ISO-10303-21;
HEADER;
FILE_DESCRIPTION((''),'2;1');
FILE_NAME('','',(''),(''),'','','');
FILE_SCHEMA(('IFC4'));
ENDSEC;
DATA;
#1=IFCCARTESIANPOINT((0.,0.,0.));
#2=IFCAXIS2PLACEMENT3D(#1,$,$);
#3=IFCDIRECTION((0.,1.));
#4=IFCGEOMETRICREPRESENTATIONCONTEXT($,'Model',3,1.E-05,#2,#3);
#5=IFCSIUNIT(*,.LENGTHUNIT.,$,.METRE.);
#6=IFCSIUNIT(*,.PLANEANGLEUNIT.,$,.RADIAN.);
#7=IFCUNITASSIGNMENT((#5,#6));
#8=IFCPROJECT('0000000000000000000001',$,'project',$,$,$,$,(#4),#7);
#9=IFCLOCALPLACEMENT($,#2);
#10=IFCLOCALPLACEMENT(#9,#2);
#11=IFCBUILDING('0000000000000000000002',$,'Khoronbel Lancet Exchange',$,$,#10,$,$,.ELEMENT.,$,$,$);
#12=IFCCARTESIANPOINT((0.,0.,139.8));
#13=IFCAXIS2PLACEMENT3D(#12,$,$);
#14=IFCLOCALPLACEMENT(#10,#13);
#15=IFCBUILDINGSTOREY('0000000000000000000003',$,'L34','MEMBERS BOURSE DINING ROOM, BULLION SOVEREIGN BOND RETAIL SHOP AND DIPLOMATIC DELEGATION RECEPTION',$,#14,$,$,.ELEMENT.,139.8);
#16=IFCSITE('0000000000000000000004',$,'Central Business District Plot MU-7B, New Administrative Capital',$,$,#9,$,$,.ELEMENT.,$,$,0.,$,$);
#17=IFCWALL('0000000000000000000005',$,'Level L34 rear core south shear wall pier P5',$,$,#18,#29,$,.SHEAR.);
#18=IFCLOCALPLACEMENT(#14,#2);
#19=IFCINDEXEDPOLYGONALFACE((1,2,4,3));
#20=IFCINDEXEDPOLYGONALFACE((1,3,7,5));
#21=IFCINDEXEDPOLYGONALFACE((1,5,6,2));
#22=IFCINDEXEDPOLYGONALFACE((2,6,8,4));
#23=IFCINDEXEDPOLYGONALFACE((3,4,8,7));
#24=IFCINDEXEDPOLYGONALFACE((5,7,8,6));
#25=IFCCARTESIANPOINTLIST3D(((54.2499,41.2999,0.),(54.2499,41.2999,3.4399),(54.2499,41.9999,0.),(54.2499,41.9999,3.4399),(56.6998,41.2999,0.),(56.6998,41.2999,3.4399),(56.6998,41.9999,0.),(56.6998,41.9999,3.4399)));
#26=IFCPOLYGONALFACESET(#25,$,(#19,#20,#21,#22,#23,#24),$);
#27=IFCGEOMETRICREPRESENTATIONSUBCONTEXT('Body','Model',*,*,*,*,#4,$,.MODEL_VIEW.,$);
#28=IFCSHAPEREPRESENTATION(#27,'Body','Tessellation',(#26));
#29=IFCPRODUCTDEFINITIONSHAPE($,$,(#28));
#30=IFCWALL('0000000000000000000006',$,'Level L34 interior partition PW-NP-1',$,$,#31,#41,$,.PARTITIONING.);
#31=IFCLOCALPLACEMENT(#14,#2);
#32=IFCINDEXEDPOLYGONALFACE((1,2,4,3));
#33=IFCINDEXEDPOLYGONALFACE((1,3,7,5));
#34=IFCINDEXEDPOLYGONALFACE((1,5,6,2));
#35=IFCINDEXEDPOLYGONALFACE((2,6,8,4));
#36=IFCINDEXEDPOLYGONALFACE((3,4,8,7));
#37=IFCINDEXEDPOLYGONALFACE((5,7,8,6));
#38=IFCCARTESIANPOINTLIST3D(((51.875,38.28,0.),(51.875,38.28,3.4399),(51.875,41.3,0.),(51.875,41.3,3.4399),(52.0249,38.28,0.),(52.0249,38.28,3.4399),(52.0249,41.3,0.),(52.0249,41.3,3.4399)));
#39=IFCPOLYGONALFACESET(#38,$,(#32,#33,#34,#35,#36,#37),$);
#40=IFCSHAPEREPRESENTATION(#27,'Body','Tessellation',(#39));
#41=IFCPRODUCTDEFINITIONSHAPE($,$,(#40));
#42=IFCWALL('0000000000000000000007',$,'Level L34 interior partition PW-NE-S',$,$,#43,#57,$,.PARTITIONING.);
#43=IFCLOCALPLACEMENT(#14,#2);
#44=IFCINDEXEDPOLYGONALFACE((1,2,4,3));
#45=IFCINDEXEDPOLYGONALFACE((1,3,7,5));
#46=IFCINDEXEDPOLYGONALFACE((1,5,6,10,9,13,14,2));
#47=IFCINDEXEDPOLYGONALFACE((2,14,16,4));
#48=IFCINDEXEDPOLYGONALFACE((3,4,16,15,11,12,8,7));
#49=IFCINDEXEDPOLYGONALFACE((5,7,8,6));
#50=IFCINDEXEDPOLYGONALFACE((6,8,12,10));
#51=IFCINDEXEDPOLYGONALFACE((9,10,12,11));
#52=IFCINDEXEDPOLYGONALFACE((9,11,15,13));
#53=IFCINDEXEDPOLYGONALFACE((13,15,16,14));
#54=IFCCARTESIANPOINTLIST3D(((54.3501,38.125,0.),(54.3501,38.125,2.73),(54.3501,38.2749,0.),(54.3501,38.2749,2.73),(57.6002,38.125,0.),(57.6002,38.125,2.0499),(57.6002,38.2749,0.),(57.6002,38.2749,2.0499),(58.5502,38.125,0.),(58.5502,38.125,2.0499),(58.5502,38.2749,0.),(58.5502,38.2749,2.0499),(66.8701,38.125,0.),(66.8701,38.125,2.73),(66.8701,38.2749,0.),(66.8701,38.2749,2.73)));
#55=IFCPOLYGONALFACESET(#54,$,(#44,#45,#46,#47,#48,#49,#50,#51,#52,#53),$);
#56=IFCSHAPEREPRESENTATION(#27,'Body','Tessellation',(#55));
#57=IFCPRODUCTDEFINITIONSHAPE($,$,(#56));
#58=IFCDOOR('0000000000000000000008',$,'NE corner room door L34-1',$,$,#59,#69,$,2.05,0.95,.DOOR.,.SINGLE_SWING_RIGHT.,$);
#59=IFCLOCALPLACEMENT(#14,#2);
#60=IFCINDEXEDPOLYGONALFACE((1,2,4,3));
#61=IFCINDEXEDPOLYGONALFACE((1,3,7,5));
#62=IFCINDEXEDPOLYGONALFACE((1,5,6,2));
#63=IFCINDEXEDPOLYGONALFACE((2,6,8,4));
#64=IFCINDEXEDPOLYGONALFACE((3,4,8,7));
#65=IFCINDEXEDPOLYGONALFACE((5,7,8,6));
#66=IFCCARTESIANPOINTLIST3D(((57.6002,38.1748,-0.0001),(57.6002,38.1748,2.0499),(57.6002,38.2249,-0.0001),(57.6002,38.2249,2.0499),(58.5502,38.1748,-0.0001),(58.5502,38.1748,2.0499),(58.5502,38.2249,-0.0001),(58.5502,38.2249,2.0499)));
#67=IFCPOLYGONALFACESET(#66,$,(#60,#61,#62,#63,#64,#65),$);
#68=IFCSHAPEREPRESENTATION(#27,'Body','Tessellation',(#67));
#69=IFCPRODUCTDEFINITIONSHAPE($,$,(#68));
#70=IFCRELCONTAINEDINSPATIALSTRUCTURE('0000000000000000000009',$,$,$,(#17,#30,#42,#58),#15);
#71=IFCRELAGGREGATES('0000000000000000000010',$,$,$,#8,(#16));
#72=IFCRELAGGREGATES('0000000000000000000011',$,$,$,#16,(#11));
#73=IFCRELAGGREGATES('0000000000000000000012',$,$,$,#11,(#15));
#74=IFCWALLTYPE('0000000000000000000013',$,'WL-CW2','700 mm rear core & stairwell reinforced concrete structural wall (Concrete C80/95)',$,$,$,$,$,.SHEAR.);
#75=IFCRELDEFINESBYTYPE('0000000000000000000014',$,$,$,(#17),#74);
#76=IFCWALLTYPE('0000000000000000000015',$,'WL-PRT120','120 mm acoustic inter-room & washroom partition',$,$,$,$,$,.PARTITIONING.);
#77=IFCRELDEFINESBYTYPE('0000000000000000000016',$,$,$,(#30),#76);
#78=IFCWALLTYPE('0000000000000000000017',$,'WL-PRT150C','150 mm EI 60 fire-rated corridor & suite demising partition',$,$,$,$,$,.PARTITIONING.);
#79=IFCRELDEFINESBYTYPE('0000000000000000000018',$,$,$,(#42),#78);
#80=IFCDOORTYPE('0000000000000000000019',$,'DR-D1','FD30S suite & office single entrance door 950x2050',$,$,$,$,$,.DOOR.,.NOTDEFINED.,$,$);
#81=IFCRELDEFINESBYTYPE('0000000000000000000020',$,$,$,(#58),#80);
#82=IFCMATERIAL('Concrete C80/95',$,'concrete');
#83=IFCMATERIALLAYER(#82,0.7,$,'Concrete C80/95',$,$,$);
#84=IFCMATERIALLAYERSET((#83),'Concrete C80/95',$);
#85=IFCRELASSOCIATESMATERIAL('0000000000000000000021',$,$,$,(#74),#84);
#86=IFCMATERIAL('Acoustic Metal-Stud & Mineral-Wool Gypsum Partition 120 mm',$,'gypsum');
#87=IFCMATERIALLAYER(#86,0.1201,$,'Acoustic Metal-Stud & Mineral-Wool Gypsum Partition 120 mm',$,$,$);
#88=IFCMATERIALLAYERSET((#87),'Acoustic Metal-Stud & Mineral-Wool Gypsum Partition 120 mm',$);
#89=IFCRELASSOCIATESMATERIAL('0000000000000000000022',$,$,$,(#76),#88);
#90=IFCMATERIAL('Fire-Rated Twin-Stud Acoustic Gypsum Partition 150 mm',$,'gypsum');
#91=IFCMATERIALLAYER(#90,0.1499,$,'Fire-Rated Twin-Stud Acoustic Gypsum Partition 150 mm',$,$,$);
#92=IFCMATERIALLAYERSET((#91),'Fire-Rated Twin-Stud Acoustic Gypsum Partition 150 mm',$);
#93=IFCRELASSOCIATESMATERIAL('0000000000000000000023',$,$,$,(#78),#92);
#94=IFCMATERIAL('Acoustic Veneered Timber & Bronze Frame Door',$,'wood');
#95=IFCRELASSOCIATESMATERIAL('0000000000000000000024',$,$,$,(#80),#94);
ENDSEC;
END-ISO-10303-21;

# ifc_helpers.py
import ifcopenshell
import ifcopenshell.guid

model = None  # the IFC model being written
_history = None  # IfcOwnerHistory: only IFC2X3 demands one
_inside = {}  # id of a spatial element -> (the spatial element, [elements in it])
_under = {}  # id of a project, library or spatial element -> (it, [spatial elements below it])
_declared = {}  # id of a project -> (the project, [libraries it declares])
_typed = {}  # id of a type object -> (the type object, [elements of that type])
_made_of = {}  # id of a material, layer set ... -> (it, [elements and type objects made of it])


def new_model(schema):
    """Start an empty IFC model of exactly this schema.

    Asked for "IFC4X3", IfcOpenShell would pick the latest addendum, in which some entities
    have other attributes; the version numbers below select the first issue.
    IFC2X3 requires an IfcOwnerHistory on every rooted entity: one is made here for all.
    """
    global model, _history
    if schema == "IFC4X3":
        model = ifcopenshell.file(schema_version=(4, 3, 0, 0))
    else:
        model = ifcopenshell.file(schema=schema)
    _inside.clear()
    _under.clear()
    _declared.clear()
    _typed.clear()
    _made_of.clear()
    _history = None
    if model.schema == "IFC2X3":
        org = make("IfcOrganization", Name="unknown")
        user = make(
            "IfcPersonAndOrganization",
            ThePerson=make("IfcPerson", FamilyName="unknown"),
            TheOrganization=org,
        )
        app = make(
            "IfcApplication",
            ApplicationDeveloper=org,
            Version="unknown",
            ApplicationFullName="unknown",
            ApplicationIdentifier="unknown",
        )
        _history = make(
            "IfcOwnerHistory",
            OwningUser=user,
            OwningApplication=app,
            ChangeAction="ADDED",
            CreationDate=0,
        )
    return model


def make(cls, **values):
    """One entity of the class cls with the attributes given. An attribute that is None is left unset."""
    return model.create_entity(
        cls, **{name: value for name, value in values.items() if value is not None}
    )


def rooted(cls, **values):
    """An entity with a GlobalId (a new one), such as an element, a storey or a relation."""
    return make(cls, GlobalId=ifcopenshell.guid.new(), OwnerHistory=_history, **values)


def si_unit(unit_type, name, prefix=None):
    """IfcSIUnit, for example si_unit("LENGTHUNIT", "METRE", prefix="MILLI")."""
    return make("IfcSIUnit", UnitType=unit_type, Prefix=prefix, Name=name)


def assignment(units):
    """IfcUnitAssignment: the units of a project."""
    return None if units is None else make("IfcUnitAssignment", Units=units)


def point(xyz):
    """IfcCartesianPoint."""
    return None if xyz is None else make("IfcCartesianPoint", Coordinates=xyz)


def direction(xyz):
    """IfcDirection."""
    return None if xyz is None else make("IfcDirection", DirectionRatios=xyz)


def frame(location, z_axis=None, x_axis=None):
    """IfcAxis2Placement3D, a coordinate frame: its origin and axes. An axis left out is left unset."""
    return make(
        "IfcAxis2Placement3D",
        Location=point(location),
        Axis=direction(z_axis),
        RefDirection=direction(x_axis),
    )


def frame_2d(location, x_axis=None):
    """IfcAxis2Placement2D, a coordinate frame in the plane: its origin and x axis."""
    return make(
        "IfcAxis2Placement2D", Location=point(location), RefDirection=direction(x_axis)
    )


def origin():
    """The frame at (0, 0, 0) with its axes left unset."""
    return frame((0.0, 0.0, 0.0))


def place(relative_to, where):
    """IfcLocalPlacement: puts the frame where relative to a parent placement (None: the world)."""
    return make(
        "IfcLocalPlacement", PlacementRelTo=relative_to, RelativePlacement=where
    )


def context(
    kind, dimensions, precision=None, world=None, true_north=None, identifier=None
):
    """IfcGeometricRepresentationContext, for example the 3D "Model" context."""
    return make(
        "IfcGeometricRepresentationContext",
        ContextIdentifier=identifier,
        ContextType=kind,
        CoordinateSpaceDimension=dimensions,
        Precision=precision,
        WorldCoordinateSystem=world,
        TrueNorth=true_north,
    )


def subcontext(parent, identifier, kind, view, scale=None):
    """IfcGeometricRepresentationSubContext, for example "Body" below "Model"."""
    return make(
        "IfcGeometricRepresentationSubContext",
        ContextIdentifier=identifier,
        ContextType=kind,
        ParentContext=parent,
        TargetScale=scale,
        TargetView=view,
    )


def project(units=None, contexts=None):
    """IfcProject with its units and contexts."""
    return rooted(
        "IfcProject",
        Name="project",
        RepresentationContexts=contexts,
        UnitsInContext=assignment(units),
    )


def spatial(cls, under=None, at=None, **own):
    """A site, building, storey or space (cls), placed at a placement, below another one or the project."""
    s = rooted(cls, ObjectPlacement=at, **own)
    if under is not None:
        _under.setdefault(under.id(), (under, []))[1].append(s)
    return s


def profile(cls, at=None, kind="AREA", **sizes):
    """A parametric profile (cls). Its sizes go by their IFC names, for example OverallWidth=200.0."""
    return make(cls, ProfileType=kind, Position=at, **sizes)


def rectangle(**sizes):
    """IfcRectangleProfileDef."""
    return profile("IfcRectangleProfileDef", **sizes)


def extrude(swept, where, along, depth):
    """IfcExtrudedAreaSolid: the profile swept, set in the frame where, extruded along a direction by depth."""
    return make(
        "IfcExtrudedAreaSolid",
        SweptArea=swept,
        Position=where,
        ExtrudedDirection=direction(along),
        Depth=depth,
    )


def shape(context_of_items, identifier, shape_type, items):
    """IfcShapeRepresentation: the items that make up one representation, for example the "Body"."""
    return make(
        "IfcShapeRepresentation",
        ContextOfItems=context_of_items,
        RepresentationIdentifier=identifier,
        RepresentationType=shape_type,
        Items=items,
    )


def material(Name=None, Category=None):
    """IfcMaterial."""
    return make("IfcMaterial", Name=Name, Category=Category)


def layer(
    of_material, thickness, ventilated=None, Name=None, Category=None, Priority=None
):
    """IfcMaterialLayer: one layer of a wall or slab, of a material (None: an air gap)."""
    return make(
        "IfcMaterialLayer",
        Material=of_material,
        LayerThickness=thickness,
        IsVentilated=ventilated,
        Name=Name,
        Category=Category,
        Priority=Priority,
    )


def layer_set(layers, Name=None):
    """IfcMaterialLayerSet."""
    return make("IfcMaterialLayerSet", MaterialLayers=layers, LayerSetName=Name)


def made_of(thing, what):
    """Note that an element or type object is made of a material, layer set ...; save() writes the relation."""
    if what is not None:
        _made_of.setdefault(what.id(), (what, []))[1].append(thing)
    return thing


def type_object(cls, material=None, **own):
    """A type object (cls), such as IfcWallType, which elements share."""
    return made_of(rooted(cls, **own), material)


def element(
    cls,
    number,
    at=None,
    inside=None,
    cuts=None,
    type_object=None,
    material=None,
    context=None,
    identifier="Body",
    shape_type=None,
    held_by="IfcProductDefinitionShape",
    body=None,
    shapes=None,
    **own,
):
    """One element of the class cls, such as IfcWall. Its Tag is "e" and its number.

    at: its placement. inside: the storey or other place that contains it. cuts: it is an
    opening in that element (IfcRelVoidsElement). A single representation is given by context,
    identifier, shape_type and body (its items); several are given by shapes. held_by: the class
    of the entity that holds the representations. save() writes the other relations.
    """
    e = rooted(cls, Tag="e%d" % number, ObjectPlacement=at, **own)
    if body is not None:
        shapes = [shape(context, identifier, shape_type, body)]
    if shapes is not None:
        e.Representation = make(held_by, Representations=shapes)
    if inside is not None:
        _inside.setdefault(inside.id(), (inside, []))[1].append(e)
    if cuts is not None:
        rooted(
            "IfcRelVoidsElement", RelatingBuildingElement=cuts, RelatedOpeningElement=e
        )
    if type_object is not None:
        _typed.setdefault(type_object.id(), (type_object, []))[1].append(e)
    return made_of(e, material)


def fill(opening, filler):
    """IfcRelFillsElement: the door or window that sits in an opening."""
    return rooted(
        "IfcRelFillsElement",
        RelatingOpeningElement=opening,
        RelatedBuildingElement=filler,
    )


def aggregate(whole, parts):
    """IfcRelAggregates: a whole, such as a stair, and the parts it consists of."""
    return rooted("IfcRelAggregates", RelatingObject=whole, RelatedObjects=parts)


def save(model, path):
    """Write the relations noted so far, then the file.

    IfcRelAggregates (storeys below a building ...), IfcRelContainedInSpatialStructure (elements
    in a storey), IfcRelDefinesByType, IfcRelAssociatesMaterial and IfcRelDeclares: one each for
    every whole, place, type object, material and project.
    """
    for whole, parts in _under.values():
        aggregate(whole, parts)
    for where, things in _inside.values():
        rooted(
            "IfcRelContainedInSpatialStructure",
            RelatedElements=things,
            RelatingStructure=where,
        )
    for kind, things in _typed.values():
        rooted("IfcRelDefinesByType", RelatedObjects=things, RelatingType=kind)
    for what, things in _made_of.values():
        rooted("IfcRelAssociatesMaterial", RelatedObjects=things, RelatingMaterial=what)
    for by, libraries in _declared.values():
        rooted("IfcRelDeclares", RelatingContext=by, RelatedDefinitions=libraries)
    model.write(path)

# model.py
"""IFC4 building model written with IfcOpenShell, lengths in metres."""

from ifc_helpers import new_model, si_unit, direction, frame, frame_2d, origin, place, context, subcontext, project, spatial, rectangle, extrude, material, layer, layer_set, type_object, element, fill, save


model = new_model("IFC4")

# Units and contexts
model_context = context("Model", 3, precision=1e-05, world=origin(), true_north=direction((0.0, 1.0)))
body_context = subcontext(model_context, "Body", "Model", "MODEL_VIEW")
ifc_project = project(units=[si_unit("LENGTHUNIT", "METRE"), si_unit("PLANEANGLEUNIT", "RADIAN")], contexts=[model_context])

# Site, building, storey
site_placement = place(None, origin())
site = spatial("IfcSite", under=ifc_project, at=site_placement, Name="Central Business District Plot MU-7B, New Administrative Capital", CompositionType="ELEMENT", RefElevation=0.0)
building_placement = place(site_placement, origin())
building = spatial("IfcBuilding", under=site, at=building_placement, Name="Khoronbel Lancet Exchange", CompositionType="ELEMENT")
storey_placement = place(building_placement, frame((0.0, 0.0, 139.8)))
storey = spatial("IfcBuildingStorey", under=building, at=storey_placement, Name="L34", Description="MEMBERS BOURSE DINING ROOM, BULLION SOVEREIGN BOND RETAIL SHOP AND DIPLOMATIC DELEGATION RECEPTION", CompositionType="ELEMENT", Elevation=139.8)

# Shared definitions
ifc_material_1 = material(Name="Concrete C80/95", Category="concrete")

# Walls
ifc_layer_1 = layer(ifc_material_1, 0.7, Name="Concrete C80/95")
ifc_layer_set_1 = layer_set([ifc_layer_1], Name="Concrete C80/95")
wall_type_1 = type_object("IfcWallType", Name="WL-CW2", Description="700 mm rear core & stairwell reinforced concrete structural wall (Concrete C80/95)", PredefinedType="SHEAR", material=ifc_layer_set_1)
wall_1_placement = place(storey_placement, frame((56.7, 41.6499, 0.0), z_axis=(0.0, 0.0, 1.0), x_axis=(-1.0, 0.0, 0.0)))
element("IfcWall", 1, at=wall_1_placement, inside=storey, type_object=wall_type_1, Name="Level L34 rear core south shear wall pier P5", PredefinedType="SHEAR", context=body_context, shape_type="SweptSolid", body=[
    extrude(rectangle(XDim=2.45, YDim=0.7, at=frame_2d((1.2251, 0.0))), origin(), (0.0, 0.0, 1.0), 3.4399),
])
ifc_material_2 = material(Name="Acoustic Metal-Stud & Mineral-Wool Gypsum Partition 120 mm", Category="gypsum")
ifc_layer_2 = layer(ifc_material_2, 0.1201, Name="Acoustic Metal-Stud & Mineral-Wool Gypsum Partition 120 mm")
ifc_layer_set_2 = layer_set([ifc_layer_2], Name="Acoustic Metal-Stud & Mineral-Wool Gypsum Partition 120 mm")
wall_type_2 = type_object("IfcWallType", Name="WL-PRT120", Description="120 mm acoustic inter-room & washroom partition", PredefinedType="PARTITIONING", material=ifc_layer_set_2)
wall_2_placement = place(storey_placement, frame((51.95, 38.28, 0.0), z_axis=(0.0, 0.0, 1.0), x_axis=(0.0, 1.0, 0.0)))
element("IfcWall", 2, at=wall_2_placement, inside=storey, type_object=wall_type_2, Name="Level L34 interior partition PW-NP-1", PredefinedType="PARTITIONING", context=body_context, shape_type="SweptSolid", body=[
    extrude(rectangle(XDim=3.02, YDim=0.1499, at=frame_2d((1.51, 0.0))), origin(), (0.0, 0.0, 1.0), 3.4399),
])

# Wall, opening, door
ifc_material_3 = material(Name="Fire-Rated Twin-Stud Acoustic Gypsum Partition 150 mm", Category="gypsum")
ifc_layer_3 = layer(ifc_material_3, 0.1499, Name="Fire-Rated Twin-Stud Acoustic Gypsum Partition 150 mm")
ifc_layer_set_3 = layer_set([ifc_layer_3], Name="Fire-Rated Twin-Stud Acoustic Gypsum Partition 150 mm")
wall_type_3 = type_object("IfcWallType", Name="WL-PRT150C", Description="150 mm EI 60 fire-rated corridor & suite demising partition", PredefinedType="PARTITIONING", material=ifc_layer_set_3)
wall_3_placement = place(storey_placement, frame((54.3501, 38.2, 0.0), z_axis=(0.0, 0.0, 1.0), x_axis=(1.0, 0.0, 0.0)))
wall_3 = element("IfcWall", 3, at=wall_3_placement, inside=storey, type_object=wall_type_3, Name="Level L34 interior partition PW-NE-S", PredefinedType="PARTITIONING", context=body_context, shape_type="SweptSolid", body=[
    extrude(rectangle(XDim=12.52, YDim=0.1499, at=frame_2d((6.26, 0.0))), origin(), (0.0, 0.0, 1.0), 2.73),
])
opening_1_placement = place(wall_3_placement, frame((3.25, 0.0, 0.0)))
opening_1 = element("IfcOpeningElement", 4, at=opening_1_placement, cuts=wall_3, PredefinedType="OPENING", context=body_context, shape_type="SweptSolid", body=[
    extrude(rectangle(XDim=0.95, YDim=2.05, at=frame_2d((0.4751, 1.0249))), frame((0.0, 0.085, 0.0), z_axis=(0.0, -1.0, 0.0), x_axis=(1.0, 0.0, 0.0)), (0.0, 0.0, 1.0), 0.1699),
])
ifc_material_4 = material(Name="Acoustic Veneered Timber & Bronze Frame Door", Category="wood")
door_type_1 = type_object("IfcDoorType", Name="DR-D1", Description="FD30S suite & office single entrance door 950x2050", OperationType="NOTDEFINED", PredefinedType="DOOR", material=ifc_material_4)
door_1_placement = place(opening_1_placement, origin())
door_1 = element("IfcDoor", 5, at=door_1_placement, inside=storey, type_object=door_type_1, Name="NE corner room door L34-1", OperationType="SINGLE_SWING_RIGHT", OverallHeight=2.05, OverallWidth=0.95, PredefinedType="DOOR", context=body_context, shape_type="SweptSolid", body=[
    extrude(rectangle(XDim=0.95, YDim=2.05, at=frame_2d((0.4751, 1.0249))), frame((0.0, 0.0249, 0.0), z_axis=(0.0, -1.0, 0.0), x_axis=(1.0, 0.0, 0.0)), (0.0, 0.0, 1.0), 0.05),
])
fill(opening_1, door_1)

save(model, "model.ifc")
